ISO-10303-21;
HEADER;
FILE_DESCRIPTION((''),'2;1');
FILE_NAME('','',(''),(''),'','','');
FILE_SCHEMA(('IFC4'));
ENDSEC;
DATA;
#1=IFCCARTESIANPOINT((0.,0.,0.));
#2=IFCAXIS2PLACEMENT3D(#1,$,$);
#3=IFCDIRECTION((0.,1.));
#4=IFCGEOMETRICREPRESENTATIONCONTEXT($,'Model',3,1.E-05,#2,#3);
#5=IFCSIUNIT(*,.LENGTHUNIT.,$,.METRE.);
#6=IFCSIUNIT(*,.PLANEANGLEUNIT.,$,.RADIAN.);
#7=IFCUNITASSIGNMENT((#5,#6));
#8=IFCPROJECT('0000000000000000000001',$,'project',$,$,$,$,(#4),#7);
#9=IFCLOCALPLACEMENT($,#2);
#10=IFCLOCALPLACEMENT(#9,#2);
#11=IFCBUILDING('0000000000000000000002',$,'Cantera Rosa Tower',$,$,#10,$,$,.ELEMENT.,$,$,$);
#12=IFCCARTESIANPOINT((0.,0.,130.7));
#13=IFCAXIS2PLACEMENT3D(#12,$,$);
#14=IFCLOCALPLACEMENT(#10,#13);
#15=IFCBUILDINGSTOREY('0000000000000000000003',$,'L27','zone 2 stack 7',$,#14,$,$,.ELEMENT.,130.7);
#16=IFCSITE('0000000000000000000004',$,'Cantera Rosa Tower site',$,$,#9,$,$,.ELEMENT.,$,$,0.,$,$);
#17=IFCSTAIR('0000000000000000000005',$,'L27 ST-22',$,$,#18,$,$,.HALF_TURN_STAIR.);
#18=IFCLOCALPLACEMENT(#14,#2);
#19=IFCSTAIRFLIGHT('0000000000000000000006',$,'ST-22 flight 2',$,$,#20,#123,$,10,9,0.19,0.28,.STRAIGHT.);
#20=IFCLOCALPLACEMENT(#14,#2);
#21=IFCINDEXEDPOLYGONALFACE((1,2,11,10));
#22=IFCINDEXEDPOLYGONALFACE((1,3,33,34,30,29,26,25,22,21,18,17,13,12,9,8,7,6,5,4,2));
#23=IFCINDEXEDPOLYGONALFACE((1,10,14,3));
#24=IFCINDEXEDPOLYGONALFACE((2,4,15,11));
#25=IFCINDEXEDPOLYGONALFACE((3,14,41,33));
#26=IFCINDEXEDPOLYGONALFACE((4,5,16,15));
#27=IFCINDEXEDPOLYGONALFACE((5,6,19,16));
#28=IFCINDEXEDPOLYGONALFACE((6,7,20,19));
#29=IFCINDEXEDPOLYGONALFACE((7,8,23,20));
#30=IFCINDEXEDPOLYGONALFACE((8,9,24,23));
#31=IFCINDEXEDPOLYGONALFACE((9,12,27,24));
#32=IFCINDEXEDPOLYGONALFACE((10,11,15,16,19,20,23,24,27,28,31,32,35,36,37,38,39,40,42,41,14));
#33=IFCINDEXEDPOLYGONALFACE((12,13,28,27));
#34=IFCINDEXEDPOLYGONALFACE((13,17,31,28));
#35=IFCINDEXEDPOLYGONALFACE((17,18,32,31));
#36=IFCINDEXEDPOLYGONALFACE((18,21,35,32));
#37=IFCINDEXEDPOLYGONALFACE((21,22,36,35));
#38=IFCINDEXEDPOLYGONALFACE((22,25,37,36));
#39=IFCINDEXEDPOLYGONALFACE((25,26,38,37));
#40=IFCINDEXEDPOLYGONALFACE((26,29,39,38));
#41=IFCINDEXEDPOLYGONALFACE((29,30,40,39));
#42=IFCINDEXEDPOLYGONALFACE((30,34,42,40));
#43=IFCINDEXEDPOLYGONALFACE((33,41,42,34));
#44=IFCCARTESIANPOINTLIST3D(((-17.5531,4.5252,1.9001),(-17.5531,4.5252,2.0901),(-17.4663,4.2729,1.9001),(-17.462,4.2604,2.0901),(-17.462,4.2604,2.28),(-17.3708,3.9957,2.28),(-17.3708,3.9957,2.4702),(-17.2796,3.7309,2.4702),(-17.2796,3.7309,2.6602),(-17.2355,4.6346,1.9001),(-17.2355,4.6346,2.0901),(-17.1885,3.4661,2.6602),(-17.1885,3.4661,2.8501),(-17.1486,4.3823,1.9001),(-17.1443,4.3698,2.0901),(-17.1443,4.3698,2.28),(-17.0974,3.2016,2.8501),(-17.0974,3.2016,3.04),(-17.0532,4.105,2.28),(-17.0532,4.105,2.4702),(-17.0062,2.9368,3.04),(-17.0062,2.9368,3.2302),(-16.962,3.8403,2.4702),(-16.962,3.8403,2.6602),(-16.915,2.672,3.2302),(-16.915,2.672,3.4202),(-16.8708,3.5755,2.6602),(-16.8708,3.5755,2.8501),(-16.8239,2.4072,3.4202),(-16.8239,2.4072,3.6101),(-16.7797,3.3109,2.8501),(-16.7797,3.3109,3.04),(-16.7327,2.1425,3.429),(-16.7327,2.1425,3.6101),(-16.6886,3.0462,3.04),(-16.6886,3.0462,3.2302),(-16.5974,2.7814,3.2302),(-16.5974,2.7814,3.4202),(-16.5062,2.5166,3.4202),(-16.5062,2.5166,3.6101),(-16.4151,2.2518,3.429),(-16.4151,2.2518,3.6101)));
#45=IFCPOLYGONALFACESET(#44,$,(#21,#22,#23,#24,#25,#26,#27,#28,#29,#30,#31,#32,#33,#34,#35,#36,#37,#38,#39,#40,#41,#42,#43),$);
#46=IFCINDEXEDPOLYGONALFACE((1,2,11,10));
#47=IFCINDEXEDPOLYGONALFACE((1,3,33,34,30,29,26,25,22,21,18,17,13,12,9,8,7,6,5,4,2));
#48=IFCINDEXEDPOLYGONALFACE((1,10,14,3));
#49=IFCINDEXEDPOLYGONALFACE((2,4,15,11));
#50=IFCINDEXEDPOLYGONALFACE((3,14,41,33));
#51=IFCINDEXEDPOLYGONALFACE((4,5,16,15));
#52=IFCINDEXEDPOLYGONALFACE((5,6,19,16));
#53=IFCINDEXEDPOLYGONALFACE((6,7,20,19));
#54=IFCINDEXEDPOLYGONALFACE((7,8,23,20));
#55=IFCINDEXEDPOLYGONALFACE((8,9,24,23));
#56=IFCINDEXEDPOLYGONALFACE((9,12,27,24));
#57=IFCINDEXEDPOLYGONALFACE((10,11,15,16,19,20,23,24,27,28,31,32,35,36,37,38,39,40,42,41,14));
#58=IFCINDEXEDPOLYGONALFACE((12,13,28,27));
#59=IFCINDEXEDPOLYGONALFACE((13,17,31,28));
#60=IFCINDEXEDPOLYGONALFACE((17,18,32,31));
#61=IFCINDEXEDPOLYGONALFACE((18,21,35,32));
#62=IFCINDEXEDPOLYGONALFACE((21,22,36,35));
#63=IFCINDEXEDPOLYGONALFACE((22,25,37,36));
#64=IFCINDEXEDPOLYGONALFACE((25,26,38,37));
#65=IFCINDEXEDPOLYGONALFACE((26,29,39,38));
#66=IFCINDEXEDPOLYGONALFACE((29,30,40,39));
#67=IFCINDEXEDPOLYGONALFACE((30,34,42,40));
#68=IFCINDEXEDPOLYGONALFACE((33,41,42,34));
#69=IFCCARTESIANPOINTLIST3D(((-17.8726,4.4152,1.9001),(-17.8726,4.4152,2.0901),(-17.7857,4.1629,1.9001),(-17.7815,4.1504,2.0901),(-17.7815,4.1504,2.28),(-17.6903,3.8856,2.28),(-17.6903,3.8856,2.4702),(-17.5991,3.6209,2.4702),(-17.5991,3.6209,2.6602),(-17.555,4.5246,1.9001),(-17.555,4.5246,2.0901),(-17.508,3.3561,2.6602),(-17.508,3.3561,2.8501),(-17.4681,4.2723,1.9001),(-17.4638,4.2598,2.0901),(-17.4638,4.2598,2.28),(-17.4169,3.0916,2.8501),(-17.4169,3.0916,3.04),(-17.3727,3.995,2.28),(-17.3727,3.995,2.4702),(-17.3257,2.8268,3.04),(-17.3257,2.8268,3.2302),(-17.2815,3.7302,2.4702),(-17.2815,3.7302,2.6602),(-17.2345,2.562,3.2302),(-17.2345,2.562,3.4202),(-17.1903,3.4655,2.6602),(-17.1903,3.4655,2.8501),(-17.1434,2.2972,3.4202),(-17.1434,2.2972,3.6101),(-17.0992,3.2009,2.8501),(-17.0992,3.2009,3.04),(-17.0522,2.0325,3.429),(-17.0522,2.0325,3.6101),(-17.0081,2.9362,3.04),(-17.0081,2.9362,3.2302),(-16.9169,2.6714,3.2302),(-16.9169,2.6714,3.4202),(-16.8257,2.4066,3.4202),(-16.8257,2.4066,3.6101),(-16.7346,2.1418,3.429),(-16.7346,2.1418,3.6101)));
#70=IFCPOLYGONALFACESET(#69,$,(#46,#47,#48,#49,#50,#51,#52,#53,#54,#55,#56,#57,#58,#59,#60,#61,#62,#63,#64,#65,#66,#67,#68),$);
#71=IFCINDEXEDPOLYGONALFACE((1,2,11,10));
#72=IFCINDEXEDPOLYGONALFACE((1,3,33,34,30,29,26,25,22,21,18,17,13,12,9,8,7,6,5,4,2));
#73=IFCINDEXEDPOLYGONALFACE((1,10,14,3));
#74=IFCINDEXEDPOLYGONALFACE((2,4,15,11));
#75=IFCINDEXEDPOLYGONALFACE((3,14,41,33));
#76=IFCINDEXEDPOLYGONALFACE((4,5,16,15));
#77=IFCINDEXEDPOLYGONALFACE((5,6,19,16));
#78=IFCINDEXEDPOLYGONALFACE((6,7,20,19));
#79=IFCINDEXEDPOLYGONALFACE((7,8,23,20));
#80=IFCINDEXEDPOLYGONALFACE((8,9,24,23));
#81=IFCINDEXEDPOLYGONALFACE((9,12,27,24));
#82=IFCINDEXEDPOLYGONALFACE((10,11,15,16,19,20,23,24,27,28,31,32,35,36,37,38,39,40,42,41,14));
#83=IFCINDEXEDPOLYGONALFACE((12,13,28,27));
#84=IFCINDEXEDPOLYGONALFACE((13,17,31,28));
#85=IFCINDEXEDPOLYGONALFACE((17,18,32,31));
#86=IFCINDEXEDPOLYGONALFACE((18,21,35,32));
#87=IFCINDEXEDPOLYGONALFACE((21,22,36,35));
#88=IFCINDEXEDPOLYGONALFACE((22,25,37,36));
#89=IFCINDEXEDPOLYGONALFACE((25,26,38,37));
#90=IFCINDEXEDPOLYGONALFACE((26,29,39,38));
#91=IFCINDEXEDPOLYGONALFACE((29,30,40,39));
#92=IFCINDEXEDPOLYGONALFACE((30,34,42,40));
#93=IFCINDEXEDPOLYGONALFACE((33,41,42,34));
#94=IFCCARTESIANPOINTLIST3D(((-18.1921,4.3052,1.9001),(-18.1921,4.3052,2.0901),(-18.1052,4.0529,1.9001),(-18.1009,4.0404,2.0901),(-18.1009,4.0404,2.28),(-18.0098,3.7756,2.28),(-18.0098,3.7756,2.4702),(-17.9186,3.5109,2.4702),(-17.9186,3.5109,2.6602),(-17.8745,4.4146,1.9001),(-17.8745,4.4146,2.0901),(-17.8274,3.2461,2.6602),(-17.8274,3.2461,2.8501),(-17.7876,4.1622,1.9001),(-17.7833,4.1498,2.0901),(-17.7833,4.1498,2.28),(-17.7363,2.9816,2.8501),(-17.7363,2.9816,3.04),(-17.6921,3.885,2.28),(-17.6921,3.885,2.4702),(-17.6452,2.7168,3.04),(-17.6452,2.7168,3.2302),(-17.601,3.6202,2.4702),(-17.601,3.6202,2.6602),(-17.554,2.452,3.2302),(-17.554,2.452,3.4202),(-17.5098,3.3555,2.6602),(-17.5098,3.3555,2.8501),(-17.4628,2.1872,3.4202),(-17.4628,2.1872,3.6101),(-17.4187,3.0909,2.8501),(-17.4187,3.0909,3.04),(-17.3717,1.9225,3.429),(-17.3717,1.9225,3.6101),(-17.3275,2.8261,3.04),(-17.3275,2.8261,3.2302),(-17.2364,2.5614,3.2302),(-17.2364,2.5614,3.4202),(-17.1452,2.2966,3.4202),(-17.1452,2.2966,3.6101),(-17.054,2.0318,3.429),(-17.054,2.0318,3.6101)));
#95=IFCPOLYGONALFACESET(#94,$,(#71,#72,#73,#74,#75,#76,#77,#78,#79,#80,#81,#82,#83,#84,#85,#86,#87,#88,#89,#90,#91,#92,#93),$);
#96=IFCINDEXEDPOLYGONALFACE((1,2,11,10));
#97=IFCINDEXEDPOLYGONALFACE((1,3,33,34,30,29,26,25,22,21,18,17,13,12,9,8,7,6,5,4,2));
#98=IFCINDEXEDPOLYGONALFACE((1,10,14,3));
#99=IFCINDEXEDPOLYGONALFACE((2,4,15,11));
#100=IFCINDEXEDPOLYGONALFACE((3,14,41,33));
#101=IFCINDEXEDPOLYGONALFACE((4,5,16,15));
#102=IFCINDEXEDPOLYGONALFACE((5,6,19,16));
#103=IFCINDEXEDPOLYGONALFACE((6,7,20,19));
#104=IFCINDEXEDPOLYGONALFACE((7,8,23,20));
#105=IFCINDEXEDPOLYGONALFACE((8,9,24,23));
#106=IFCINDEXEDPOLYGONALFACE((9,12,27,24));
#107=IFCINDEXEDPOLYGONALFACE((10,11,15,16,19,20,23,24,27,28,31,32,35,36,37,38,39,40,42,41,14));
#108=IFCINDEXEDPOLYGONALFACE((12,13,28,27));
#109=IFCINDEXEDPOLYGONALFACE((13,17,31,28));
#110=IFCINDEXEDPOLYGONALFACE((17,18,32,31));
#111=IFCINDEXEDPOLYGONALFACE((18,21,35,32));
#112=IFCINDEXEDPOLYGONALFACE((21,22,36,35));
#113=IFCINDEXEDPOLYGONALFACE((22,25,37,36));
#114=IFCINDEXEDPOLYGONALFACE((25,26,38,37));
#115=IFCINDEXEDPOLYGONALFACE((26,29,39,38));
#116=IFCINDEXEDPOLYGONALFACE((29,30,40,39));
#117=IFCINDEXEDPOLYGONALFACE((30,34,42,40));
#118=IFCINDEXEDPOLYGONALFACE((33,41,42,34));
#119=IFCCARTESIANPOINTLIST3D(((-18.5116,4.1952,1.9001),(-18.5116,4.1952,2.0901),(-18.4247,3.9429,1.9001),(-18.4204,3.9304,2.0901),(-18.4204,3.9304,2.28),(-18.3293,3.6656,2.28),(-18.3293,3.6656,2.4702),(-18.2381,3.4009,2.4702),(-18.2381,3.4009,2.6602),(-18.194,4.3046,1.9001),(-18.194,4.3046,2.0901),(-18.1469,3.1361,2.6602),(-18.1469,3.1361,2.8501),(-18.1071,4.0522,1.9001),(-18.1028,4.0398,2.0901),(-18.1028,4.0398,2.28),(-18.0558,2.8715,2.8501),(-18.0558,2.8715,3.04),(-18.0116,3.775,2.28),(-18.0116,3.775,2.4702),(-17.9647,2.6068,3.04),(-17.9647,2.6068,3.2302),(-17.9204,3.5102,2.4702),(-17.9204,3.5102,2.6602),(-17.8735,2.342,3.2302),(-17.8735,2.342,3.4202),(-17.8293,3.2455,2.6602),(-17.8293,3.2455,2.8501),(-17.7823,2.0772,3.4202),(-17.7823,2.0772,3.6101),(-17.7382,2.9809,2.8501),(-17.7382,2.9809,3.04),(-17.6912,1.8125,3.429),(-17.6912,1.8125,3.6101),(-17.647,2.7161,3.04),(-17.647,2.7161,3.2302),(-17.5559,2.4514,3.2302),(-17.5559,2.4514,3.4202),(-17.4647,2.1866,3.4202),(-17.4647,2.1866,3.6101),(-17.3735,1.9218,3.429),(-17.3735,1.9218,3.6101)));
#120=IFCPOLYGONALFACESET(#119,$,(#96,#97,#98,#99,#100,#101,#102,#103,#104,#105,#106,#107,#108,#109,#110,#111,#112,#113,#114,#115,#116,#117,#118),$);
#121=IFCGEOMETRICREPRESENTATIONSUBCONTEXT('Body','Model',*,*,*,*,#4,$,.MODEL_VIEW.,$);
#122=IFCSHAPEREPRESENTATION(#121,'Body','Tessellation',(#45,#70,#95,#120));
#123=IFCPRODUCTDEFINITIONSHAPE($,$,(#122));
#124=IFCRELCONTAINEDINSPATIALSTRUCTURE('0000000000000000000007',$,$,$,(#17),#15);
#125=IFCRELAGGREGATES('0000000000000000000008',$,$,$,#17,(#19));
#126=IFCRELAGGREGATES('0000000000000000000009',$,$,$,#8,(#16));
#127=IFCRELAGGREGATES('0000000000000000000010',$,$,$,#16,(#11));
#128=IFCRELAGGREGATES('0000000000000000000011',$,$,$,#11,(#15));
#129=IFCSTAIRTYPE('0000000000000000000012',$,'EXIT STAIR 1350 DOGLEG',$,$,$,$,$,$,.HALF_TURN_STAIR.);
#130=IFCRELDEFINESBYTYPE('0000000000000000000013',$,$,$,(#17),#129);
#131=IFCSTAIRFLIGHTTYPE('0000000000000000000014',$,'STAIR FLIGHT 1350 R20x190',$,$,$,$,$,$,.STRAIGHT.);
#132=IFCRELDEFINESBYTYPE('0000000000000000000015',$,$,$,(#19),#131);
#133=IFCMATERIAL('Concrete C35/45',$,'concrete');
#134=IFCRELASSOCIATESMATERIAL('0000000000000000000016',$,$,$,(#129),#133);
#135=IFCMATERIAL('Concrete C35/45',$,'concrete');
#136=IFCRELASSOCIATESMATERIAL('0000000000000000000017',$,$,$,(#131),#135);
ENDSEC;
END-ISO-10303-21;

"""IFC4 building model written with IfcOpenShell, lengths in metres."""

from ifc_helpers import new_model, si_unit, direction, frame, origin, place, context, subcontext, project, spatial, polyline, outline, extrude, material, type_object, element, aggregate, save


model = new_model("IFC4")

# Units and contexts
model_context = context("Model", 3, precision=1e-05, world=origin(), true_north=direction((0.0, 1.0)))
body_context = subcontext(model_context, "Body", "Model", "MODEL_VIEW")
ifc_project = project(units=[si_unit("LENGTHUNIT", "METRE"), si_unit("PLANEANGLEUNIT", "RADIAN")], contexts=[model_context])

# Site, building, storey
site_placement = place(None, origin())
site = spatial("IfcSite", under=ifc_project, at=site_placement, Name="Cantera Rosa Tower site", CompositionType="ELEMENT", RefElevation=0.0)
building_placement = place(site_placement, origin())
building = spatial("IfcBuilding", under=site, at=building_placement, Name="Cantera Rosa Tower", CompositionType="ELEMENT")
storey_placement = place(building_placement, frame((0.0, 0.0, 130.7)))
storey = spatial("IfcBuildingStorey", under=building, at=storey_placement, Name="L27", Description="zone 2 stack 7", CompositionType="ELEMENT", Elevation=130.7)

# Stair, stair flight
ifc_material_1 = material(Name="Concrete C35/45", Category="concrete")
stair_type = type_object("IfcStairType", Name="EXIT STAIR 1350 DOGLEG", PredefinedType="HALF_TURN_STAIR", material=ifc_material_1)
stair_placement = place(storey_placement, origin())
stair = element("IfcStair", 1, at=stair_placement, inside=storey, type_object=stair_type, Name="L27 ST-22", PredefinedType="HALF_TURN_STAIR")
ifc_material_2 = material(Name="Concrete C35/45", Category="concrete")
stair_flight_type = type_object("IfcStairFlightType", Name="STAIR FLIGHT 1350 R20x190", PredefinedType="STRAIGHT", material=ifc_material_2)
stair_flight_1_placement = place(storey_placement, frame((-17.8738, 4.4148, 1.9001), z_axis=(0.0, 0.0, 1.0), x_axis=(0.325568, -0.945519, 0.0)))
stair_flight_1 = element("IfcStairFlight", 2, at=stair_flight_1_placement, type_object=stair_flight_type, Name="ST-22 flight 2", NumberOfRisers=10, NumberOfTreads=9, PredefinedType="STRAIGHT", RiserHeight=0.19, TreadLength=0.28, context=body_context, shape_type="SweptSolid", body=[
    extrude(outline(polyline([(0.0, 0.0), (0.0, 0.1899), (0.28, 0.1899), (0.28, 0.3799), (0.5601, 0.3799), (0.5601, 0.5701), (0.8401, 0.5701), (0.8401, 0.76), (1.1201, 0.76), (1.1201, 0.95), (1.3999, 0.95), (1.3999, 1.1399), (1.6799, 1.1399), (1.6799, 1.3301), (1.96, 1.3301), (1.96, 1.52), (2.24, 1.52), (2.24, 1.71), (2.52, 1.71), (2.52, 1.8999), (2.52, 1.5288), (0.2668, 0.0), (0.0, 0.0)])), frame((0.0, 0.675, 0.0), z_axis=(0.0, -1.0, 0.0), x_axis=(1.0, 0.0, 0.0)), (0.0, 0.0, 1.0), 0.3359),
    extrude(outline(polyline([(0.0, 0.0), (0.0, 0.1899), (0.28, 0.1899), (0.28, 0.3799), (0.5601, 0.3799), (0.5601, 0.5701), (0.8401, 0.5701), (0.8401, 0.76), (1.1201, 0.76), (1.1201, 0.95), (1.3999, 0.95), (1.3999, 1.1399), (1.6799, 1.1399), (1.6799, 1.3301), (1.96, 1.3301), (1.96, 1.52), (2.24, 1.52), (2.24, 1.71), (2.52, 1.71), (2.52, 1.8999), (2.52, 1.5288), (0.2668, 0.0), (0.0, 0.0)])), frame((0.0, 0.3372, 0.0), z_axis=(0.0, -1.0, 0.0), x_axis=(1.0, 0.0, 0.0)), (0.0, 0.0, 1.0), 0.3359),
    extrude(outline(polyline([(0.0, 0.0), (0.0, 0.1899), (0.28, 0.1899), (0.28, 0.3799), (0.5601, 0.3799), (0.5601, 0.5701), (0.8401, 0.5701), (0.8401, 0.76), (1.1201, 0.76), (1.1201, 0.95), (1.3999, 0.95), (1.3999, 1.1399), (1.6799, 1.1399), (1.6799, 1.3301), (1.96, 1.3301), (1.96, 1.52), (2.24, 1.52), (2.24, 1.71), (2.52, 1.71), (2.52, 1.8999), (2.52, 1.5288), (0.2668, 0.0), (0.0, 0.0)])), frame((0.0, -0.0007, 0.0), z_axis=(0.0, -1.0, 0.0), x_axis=(1.0, 0.0, 0.0)), (0.0, 0.0, 1.0), 0.3359),
    extrude(outline(polyline([(0.0, 0.0), (0.0, 0.1899), (0.28, 0.1899), (0.28, 0.3799), (0.5601, 0.3799), (0.5601, 0.5701), (0.8401, 0.5701), (0.8401, 0.76), (1.1201, 0.76), (1.1201, 0.95), (1.3999, 0.95), (1.3999, 1.1399), (1.6799, 1.1399), (1.6799, 1.3301), (1.96, 1.3301), (1.96, 1.52), (2.24, 1.52), (2.24, 1.71), (2.52, 1.71), (2.52, 1.8999), (2.52, 1.5288), (0.2668, 0.0), (0.0, 0.0)])), frame((0.0, -0.3386, 0.0), z_axis=(0.0, -1.0, 0.0), x_axis=(1.0, 0.0, 0.0)), (0.0, 0.0, 1.0), 0.3359),
])
aggregate(stair, [stair_flight_1])

save(model, "model.ifc")
